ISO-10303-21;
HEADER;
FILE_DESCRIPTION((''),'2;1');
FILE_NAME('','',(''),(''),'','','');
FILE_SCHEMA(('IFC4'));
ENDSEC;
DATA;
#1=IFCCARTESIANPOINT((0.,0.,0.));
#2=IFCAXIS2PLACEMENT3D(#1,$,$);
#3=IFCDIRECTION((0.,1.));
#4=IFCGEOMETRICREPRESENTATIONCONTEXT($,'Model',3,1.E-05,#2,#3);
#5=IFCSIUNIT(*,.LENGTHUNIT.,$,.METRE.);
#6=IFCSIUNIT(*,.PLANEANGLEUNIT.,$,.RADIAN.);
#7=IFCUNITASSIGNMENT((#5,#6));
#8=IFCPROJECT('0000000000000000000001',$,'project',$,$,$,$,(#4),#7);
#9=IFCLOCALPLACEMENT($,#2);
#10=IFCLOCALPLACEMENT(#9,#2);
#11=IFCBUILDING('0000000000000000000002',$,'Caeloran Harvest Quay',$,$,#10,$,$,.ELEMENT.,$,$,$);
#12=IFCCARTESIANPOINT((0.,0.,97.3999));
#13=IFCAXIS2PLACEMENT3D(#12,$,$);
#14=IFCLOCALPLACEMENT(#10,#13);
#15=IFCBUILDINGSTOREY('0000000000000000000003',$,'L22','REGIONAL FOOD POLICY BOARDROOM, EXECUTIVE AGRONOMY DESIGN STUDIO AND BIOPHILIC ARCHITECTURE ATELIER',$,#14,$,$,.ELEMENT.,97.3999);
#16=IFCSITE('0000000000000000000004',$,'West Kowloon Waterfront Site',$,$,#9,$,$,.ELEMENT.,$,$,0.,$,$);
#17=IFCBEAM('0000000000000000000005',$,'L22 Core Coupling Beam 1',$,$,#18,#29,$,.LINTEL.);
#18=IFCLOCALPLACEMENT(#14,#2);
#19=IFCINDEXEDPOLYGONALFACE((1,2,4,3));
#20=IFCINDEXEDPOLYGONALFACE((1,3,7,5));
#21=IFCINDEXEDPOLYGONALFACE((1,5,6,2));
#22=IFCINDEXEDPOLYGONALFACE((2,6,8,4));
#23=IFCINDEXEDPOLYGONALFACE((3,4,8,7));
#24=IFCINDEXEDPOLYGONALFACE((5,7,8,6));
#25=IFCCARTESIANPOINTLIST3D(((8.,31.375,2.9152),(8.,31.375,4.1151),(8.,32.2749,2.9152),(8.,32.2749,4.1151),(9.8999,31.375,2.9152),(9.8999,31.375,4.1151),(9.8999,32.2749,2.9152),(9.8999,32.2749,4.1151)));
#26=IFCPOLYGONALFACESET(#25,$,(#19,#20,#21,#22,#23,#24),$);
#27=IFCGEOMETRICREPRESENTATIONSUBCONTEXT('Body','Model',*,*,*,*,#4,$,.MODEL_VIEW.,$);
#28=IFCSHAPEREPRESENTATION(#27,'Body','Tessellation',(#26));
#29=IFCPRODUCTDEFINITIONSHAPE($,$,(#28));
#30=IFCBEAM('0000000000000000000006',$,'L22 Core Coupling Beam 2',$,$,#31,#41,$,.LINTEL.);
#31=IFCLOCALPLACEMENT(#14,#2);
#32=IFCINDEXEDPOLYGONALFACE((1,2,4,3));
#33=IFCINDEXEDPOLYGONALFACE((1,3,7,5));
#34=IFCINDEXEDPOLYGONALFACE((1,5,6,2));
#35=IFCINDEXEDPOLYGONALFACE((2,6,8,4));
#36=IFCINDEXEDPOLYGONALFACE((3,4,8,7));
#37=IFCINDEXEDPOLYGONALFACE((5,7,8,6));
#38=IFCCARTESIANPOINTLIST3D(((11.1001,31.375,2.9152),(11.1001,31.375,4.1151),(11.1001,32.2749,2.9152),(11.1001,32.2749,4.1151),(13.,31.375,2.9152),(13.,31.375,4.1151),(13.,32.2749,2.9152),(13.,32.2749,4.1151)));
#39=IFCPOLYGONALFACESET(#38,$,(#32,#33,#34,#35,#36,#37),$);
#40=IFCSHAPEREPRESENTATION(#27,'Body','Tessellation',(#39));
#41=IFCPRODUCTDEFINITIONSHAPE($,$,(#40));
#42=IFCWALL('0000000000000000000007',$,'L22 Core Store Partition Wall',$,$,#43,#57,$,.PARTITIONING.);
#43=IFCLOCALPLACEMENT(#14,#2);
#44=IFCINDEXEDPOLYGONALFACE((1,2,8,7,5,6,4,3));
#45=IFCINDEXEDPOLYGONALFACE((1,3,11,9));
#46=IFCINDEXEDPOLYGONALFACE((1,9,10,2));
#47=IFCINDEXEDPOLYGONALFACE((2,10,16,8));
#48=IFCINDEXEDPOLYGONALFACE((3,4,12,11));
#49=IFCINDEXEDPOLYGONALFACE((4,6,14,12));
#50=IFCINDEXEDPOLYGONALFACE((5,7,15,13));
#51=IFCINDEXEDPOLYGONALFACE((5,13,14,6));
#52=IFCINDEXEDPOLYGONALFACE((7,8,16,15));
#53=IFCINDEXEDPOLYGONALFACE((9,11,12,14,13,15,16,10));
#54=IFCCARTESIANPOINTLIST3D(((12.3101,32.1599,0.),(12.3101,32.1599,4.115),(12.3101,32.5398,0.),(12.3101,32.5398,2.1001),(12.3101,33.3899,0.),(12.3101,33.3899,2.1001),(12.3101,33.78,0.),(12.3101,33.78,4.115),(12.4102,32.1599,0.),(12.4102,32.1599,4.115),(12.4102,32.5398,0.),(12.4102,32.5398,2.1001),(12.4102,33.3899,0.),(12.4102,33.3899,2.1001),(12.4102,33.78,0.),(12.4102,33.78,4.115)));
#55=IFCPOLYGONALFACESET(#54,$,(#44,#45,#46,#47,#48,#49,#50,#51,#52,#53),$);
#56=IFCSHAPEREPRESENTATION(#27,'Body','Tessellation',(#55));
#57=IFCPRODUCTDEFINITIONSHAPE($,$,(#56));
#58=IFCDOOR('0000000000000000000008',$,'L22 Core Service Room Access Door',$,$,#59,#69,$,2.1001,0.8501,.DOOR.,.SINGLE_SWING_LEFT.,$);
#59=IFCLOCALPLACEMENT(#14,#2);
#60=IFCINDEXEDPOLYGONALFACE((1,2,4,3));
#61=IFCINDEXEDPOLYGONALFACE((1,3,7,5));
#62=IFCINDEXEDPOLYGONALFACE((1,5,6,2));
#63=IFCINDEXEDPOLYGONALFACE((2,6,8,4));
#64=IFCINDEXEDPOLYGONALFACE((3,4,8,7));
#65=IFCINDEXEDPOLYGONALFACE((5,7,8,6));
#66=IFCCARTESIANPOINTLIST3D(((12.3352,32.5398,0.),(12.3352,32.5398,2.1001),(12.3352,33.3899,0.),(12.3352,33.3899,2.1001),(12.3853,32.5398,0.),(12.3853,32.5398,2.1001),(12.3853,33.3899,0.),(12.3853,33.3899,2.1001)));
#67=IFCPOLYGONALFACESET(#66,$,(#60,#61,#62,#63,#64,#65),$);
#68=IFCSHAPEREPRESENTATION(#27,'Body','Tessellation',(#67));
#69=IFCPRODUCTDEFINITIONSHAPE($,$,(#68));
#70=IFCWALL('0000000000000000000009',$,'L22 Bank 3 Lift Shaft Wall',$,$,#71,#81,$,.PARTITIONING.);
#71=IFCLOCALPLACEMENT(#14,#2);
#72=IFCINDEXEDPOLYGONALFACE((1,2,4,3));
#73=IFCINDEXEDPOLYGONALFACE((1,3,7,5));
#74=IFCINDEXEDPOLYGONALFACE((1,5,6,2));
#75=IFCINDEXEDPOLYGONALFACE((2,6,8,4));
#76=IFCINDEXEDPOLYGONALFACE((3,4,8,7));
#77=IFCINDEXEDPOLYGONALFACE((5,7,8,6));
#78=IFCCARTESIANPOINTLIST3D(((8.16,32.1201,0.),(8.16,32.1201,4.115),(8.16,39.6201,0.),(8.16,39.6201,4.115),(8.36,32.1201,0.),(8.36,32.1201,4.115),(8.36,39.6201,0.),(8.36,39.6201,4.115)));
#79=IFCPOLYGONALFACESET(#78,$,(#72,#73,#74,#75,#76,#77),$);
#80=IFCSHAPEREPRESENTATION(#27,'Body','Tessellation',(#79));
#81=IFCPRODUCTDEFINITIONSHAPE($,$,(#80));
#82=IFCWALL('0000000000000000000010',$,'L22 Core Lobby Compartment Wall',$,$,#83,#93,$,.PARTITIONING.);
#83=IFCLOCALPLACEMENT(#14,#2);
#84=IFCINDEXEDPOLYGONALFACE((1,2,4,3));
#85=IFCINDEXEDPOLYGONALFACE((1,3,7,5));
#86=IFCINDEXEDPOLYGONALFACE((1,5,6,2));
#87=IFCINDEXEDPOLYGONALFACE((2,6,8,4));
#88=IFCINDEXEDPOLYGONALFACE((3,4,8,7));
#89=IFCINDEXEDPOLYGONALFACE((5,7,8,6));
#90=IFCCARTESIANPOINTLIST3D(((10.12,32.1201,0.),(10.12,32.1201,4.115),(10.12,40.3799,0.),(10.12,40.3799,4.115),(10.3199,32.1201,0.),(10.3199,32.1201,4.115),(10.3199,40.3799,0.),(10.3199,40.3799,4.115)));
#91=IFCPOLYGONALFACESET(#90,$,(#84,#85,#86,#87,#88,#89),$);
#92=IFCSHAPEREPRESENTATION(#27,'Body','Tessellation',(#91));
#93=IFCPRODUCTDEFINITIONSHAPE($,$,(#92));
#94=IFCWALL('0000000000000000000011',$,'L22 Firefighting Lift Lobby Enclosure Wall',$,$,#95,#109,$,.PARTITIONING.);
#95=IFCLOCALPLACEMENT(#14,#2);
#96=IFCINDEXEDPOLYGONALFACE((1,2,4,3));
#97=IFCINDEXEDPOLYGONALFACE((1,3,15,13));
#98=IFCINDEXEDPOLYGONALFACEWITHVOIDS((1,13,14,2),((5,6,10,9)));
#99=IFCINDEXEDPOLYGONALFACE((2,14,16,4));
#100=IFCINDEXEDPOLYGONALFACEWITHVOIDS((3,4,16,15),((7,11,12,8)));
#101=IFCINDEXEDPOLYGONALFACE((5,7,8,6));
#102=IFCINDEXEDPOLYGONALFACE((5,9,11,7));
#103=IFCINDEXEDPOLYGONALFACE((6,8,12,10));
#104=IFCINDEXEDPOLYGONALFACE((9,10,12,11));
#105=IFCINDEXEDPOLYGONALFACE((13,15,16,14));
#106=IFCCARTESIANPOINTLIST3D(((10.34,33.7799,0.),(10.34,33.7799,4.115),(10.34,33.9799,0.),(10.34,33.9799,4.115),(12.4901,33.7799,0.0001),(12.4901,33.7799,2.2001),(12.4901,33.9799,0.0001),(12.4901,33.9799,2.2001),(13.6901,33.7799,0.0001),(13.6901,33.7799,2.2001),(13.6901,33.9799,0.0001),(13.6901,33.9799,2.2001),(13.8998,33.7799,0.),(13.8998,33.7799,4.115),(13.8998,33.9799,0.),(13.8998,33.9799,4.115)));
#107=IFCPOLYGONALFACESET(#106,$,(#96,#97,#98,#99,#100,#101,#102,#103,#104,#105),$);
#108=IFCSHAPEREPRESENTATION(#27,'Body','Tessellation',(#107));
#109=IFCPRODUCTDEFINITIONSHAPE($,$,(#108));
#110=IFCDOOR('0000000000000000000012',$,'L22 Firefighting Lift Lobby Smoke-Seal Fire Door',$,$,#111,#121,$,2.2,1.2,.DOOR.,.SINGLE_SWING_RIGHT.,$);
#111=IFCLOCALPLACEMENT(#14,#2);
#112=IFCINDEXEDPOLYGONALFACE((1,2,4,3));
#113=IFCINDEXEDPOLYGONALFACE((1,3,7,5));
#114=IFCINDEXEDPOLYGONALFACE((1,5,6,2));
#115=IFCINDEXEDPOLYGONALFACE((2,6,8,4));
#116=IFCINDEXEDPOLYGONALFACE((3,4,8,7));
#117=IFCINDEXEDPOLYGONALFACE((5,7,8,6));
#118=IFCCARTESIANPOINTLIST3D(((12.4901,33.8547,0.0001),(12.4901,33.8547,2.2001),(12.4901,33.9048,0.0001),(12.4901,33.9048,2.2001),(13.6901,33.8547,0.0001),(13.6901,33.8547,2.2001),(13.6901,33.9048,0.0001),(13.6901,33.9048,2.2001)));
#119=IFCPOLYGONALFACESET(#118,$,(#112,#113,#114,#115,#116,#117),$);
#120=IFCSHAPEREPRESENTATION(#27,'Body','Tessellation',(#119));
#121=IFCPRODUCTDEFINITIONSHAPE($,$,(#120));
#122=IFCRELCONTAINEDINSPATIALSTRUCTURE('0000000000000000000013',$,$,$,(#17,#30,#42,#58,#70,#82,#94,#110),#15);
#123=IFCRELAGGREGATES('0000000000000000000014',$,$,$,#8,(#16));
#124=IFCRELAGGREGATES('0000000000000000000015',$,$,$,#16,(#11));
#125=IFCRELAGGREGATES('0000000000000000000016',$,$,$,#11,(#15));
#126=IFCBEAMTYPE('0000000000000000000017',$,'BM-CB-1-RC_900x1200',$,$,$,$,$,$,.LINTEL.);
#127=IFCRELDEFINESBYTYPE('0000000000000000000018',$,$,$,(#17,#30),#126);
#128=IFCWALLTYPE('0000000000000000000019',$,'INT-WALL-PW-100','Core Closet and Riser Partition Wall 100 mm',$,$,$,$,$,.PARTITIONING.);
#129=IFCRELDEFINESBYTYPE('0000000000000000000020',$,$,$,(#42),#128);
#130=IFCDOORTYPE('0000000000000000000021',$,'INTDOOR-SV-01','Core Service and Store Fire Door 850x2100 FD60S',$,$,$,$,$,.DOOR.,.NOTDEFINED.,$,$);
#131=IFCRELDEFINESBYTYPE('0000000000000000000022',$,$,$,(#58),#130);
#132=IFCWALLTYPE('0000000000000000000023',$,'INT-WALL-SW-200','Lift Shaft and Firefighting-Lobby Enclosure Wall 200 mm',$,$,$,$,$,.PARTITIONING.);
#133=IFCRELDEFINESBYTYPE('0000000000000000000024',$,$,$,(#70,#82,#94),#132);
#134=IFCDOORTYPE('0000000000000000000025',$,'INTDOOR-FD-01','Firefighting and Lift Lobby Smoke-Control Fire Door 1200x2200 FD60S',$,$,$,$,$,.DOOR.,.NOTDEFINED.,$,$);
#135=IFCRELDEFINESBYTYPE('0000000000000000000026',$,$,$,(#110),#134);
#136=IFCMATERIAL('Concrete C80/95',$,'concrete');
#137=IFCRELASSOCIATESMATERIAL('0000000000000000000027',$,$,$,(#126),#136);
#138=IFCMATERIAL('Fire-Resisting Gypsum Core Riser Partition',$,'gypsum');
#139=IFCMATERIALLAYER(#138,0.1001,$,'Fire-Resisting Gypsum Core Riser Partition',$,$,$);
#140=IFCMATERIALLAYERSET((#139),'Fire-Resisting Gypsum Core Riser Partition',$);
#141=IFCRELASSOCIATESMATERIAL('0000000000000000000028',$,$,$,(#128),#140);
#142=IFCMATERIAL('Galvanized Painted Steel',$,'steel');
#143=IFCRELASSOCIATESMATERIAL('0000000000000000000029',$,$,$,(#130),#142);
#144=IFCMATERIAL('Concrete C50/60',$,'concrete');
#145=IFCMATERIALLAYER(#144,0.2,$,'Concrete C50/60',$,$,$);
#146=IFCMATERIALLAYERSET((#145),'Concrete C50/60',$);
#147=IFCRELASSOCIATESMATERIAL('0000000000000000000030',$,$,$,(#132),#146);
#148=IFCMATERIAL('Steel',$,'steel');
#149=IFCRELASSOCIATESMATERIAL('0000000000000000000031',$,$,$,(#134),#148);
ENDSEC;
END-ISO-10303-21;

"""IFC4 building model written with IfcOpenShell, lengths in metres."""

from ifc_helpers import new_model, si_unit, direction, frame, frame_2d, origin, origin_2d, place, context, subcontext, project, spatial, rectangle, extrude, material, layer, layer_set, material_profile, profile_set, type_object, element, fill, save


model = new_model("IFC4")

# Units and contexts
model_context = context("Model", 3, precision=1e-05, world=origin(), true_north=direction((0.0, 1.0)))
body_context = subcontext(model_context, "Body", "Model", "MODEL_VIEW")
ifc_project = project(units=[si_unit("LENGTHUNIT", "METRE"), si_unit("PLANEANGLEUNIT", "RADIAN")], contexts=[model_context])

# Site, building, storey
site_placement = place(None, origin())
site = spatial("IfcSite", under=ifc_project, at=site_placement, Name="West Kowloon Waterfront Site", CompositionType="ELEMENT", RefElevation=0.0)
building_placement = place(site_placement, origin())
building = spatial("IfcBuilding", under=site, at=building_placement, Name="Caeloran Harvest Quay", CompositionType="ELEMENT")
storey_placement = place(building_placement, frame((0.0, 0.0, 97.3999)))
storey = spatial("IfcBuildingStorey", under=building, at=storey_placement, Name="L22", Description="REGIONAL FOOD POLICY BOARDROOM, EXECUTIVE AGRONOMY DESIGN STUDIO AND BIOPHILIC ARCHITECTURE ATELIER", CompositionType="ELEMENT", Elevation=97.3999)

# Beams
ifc_material_1 = material(Name="Concrete C80/95", Category="concrete")
ifc_material_profile = material_profile(ifc_material_1, rectangle(XDim=0.8999, YDim=1.2, at=origin_2d()), Name="RC 900x1200")
ifc_profile_set = profile_set([ifc_material_profile], Name="Concrete C80/95")
beam_type = type_object("IfcBeamType", Name="BM-CB-1-RC_900x1200", PredefinedType="LINTEL", material=ifc_profile_set)
for number, where, z_axis, x_axis, name in (
    (1, (8.0, 31.825, 3.5151), (1.0, 0.0, 0.0), (0.0, 1.0, 0.0), "L22 Core Coupling Beam 1"),
    (2, (11.1001, 31.825, 3.5151), (1.0, 0.0, 0.0), (0.0, 1.0, 0.0), "L22 Core Coupling Beam 2"),
):
    element("IfcBeam", number, at=place(storey_placement, frame(where, z_axis=z_axis, x_axis=x_axis)), inside=storey, type_object=beam_type, Name=name, PredefinedType="LINTEL", context=body_context, shape_type="SweptSolid", body=[
        extrude(rectangle(XDim=0.8999, YDim=1.2, at=origin_2d()), origin(), (0.0, 0.0, 1.0), 1.8999),
    ])

# Wall, opening, door
ifc_material_2 = material(Name="Fire-Resisting Gypsum Core Riser Partition", Category="gypsum")
ifc_layer_1 = layer(ifc_material_2, 0.1001, Name="Fire-Resisting Gypsum Core Riser Partition")
ifc_layer_set_1 = layer_set([ifc_layer_1], Name="Fire-Resisting Gypsum Core Riser Partition")
wall_type_1 = type_object("IfcWallType", Name="INT-WALL-PW-100", Description="Core Closet and Riser Partition Wall 100 mm", PredefinedType="PARTITIONING", material=ifc_layer_set_1)
wall_1_placement = place(storey_placement, frame((12.3601, 32.1599, 0.0), z_axis=(0.0, 0.0, 1.0), x_axis=(0.0, 1.0, 0.0)))
wall_1 = element("IfcWall", 3, at=wall_1_placement, inside=storey, type_object=wall_type_1, Name="L22 Core Store Partition Wall", PredefinedType="PARTITIONING", context=body_context, shape_type="SweptSolid", body=[
    extrude(rectangle(XDim=1.6201, YDim=0.1001, at=frame_2d((0.8101, 0.0))), origin(), (0.0, 0.0, 1.0), 4.115),
])
opening_1_placement = place(wall_1_placement, frame((0.3799, 0.0, 0.0)))
opening_1 = element("IfcOpeningElement", 4, at=opening_1_placement, cuts=wall_1, PredefinedType="OPENING", context=body_context, shape_type="SweptSolid", body=[
    extrude(rectangle(XDim=0.8501, YDim=2.1001, at=frame_2d((0.425, 1.05))), frame((0.0, 0.0601, 0.0), z_axis=(0.0, -1.0, 0.0), x_axis=(1.0, 0.0, 0.0)), (0.0, 0.0, 1.0), 0.1201),
])
ifc_material_3 = material(Name="Galvanized Painted Steel", Category="steel")
door_type_1 = type_object("IfcDoorType", Name="INTDOOR-SV-01", Description="Core Service and Store Fire Door 850x2100 FD60S", OperationType="NOTDEFINED", PredefinedType="DOOR", material=ifc_material_3)
door_1_placement = place(opening_1_placement, origin())
door_1 = element("IfcDoor", 5, at=door_1_placement, inside=storey, type_object=door_type_1, Name="L22 Core Service Room Access Door", OperationType="SINGLE_SWING_LEFT", OverallHeight=2.1001, OverallWidth=0.8501, PredefinedType="DOOR", context=body_context, shape_type="SweptSolid", body=[
    extrude(rectangle(XDim=0.8501, YDim=2.1001, at=frame_2d((0.425, 1.05))), frame((0.0, 0.0249, 0.0), z_axis=(0.0, -1.0, 0.0), x_axis=(1.0, 0.0, 0.0)), (0.0, 0.0, 1.0), 0.05),
])
fill(opening_1, door_1)

# Walls
ifc_material_4 = material(Name="Concrete C50/60", Category="concrete")
ifc_layer_2 = layer(ifc_material_4, 0.2, Name="Concrete C50/60")
ifc_layer_set_2 = layer_set([ifc_layer_2], Name="Concrete C50/60")
wall_type_2 = type_object("IfcWallType", Name="INT-WALL-SW-200", Description="Lift Shaft and Firefighting-Lobby Enclosure Wall 200 mm", PredefinedType="PARTITIONING", material=ifc_layer_set_2)
wall_2_placement = place(storey_placement, frame((8.26, 32.1201, 0.0), z_axis=(0.0, 0.0, 1.0), x_axis=(0.0, 1.0, 0.0)))
element("IfcWall", 6, at=wall_2_placement, inside=storey, type_object=wall_type_2, Name="L22 Bank 3 Lift Shaft Wall", PredefinedType="PARTITIONING", context=body_context, shape_type="SweptSolid", body=[
    extrude(rectangle(XDim=7.5, YDim=0.2, at=frame_2d((3.75, 0.0))), origin(), (0.0, 0.0, 1.0), 4.115),
])
wall_3_placement = place(storey_placement, frame((10.22, 32.1201, 0.0), z_axis=(0.0, 0.0, 1.0), x_axis=(0.0, 1.0, 0.0)))
element("IfcWall", 7, at=wall_3_placement, inside=storey, type_object=wall_type_2, Name="L22 Core Lobby Compartment Wall", PredefinedType="PARTITIONING", context=body_context, shape_type="SweptSolid", body=[
    extrude(rectangle(XDim=8.2598, YDim=0.2, at=frame_2d((4.1299, 0.0))), origin(), (0.0, 0.0, 1.0), 4.115),
])

# Wall, opening, door
wall_4_placement = place(storey_placement, frame((10.3401, 33.8799, 0.0), z_axis=(0.0, 0.0, 1.0), x_axis=(1.0, 0.0, 0.0)))
wall_4 = element("IfcWall", 8, at=wall_4_placement, inside=storey, type_object=wall_type_2, Name="L22 Firefighting Lift Lobby Enclosure Wall", PredefinedType="PARTITIONING", context=body_context, shape_type="SweptSolid", body=[
    extrude(rectangle(XDim=3.5598, YDim=0.2, at=frame_2d((1.7798, 0.0))), origin(), (0.0, 0.0, 1.0), 4.115),
])
opening_2_placement = place(wall_4_placement, frame((2.1499, 0.0, 0.0)))
opening_2 = element("IfcOpeningElement", 9, at=opening_2_placement, cuts=wall_4, PredefinedType="OPENING", context=body_context, shape_type="SweptSolid", body=[
    extrude(rectangle(XDim=1.2, YDim=2.2, at=frame_2d((0.6001, 1.1001))), frame((0.0, 0.1099, 0.0), z_axis=(0.0, -1.0, 0.0), x_axis=(1.0, 0.0, 0.0)), (0.0, 0.0, 1.0), 0.22),
])
ifc_material_5 = material(Name="Steel", Category="steel")
door_type_2 = type_object("IfcDoorType", Name="INTDOOR-FD-01", Description="Firefighting and Lift Lobby Smoke-Control Fire Door 1200x2200 FD60S", OperationType="NOTDEFINED", PredefinedType="DOOR", material=ifc_material_5)
door_2_placement = place(opening_2_placement, origin())
door_2 = element("IfcDoor", 10, at=door_2_placement, inside=storey, type_object=door_type_2, Name="L22 Firefighting Lift Lobby Smoke-Seal Fire Door", OperationType="SINGLE_SWING_RIGHT", OverallHeight=2.2, OverallWidth=1.2, PredefinedType="DOOR", context=body_context, shape_type="SweptSolid", body=[
    extrude(rectangle(XDim=1.2, YDim=2.2, at=frame_2d((0.6001, 1.1001))), frame((0.0, 0.0249, 0.0), z_axis=(0.0, -1.0, 0.0), x_axis=(1.0, 0.0, 0.0)), (0.0, 0.0, 1.0), 0.05),
])
fill(opening_2, door_2)

save(model, "model.ifc")
